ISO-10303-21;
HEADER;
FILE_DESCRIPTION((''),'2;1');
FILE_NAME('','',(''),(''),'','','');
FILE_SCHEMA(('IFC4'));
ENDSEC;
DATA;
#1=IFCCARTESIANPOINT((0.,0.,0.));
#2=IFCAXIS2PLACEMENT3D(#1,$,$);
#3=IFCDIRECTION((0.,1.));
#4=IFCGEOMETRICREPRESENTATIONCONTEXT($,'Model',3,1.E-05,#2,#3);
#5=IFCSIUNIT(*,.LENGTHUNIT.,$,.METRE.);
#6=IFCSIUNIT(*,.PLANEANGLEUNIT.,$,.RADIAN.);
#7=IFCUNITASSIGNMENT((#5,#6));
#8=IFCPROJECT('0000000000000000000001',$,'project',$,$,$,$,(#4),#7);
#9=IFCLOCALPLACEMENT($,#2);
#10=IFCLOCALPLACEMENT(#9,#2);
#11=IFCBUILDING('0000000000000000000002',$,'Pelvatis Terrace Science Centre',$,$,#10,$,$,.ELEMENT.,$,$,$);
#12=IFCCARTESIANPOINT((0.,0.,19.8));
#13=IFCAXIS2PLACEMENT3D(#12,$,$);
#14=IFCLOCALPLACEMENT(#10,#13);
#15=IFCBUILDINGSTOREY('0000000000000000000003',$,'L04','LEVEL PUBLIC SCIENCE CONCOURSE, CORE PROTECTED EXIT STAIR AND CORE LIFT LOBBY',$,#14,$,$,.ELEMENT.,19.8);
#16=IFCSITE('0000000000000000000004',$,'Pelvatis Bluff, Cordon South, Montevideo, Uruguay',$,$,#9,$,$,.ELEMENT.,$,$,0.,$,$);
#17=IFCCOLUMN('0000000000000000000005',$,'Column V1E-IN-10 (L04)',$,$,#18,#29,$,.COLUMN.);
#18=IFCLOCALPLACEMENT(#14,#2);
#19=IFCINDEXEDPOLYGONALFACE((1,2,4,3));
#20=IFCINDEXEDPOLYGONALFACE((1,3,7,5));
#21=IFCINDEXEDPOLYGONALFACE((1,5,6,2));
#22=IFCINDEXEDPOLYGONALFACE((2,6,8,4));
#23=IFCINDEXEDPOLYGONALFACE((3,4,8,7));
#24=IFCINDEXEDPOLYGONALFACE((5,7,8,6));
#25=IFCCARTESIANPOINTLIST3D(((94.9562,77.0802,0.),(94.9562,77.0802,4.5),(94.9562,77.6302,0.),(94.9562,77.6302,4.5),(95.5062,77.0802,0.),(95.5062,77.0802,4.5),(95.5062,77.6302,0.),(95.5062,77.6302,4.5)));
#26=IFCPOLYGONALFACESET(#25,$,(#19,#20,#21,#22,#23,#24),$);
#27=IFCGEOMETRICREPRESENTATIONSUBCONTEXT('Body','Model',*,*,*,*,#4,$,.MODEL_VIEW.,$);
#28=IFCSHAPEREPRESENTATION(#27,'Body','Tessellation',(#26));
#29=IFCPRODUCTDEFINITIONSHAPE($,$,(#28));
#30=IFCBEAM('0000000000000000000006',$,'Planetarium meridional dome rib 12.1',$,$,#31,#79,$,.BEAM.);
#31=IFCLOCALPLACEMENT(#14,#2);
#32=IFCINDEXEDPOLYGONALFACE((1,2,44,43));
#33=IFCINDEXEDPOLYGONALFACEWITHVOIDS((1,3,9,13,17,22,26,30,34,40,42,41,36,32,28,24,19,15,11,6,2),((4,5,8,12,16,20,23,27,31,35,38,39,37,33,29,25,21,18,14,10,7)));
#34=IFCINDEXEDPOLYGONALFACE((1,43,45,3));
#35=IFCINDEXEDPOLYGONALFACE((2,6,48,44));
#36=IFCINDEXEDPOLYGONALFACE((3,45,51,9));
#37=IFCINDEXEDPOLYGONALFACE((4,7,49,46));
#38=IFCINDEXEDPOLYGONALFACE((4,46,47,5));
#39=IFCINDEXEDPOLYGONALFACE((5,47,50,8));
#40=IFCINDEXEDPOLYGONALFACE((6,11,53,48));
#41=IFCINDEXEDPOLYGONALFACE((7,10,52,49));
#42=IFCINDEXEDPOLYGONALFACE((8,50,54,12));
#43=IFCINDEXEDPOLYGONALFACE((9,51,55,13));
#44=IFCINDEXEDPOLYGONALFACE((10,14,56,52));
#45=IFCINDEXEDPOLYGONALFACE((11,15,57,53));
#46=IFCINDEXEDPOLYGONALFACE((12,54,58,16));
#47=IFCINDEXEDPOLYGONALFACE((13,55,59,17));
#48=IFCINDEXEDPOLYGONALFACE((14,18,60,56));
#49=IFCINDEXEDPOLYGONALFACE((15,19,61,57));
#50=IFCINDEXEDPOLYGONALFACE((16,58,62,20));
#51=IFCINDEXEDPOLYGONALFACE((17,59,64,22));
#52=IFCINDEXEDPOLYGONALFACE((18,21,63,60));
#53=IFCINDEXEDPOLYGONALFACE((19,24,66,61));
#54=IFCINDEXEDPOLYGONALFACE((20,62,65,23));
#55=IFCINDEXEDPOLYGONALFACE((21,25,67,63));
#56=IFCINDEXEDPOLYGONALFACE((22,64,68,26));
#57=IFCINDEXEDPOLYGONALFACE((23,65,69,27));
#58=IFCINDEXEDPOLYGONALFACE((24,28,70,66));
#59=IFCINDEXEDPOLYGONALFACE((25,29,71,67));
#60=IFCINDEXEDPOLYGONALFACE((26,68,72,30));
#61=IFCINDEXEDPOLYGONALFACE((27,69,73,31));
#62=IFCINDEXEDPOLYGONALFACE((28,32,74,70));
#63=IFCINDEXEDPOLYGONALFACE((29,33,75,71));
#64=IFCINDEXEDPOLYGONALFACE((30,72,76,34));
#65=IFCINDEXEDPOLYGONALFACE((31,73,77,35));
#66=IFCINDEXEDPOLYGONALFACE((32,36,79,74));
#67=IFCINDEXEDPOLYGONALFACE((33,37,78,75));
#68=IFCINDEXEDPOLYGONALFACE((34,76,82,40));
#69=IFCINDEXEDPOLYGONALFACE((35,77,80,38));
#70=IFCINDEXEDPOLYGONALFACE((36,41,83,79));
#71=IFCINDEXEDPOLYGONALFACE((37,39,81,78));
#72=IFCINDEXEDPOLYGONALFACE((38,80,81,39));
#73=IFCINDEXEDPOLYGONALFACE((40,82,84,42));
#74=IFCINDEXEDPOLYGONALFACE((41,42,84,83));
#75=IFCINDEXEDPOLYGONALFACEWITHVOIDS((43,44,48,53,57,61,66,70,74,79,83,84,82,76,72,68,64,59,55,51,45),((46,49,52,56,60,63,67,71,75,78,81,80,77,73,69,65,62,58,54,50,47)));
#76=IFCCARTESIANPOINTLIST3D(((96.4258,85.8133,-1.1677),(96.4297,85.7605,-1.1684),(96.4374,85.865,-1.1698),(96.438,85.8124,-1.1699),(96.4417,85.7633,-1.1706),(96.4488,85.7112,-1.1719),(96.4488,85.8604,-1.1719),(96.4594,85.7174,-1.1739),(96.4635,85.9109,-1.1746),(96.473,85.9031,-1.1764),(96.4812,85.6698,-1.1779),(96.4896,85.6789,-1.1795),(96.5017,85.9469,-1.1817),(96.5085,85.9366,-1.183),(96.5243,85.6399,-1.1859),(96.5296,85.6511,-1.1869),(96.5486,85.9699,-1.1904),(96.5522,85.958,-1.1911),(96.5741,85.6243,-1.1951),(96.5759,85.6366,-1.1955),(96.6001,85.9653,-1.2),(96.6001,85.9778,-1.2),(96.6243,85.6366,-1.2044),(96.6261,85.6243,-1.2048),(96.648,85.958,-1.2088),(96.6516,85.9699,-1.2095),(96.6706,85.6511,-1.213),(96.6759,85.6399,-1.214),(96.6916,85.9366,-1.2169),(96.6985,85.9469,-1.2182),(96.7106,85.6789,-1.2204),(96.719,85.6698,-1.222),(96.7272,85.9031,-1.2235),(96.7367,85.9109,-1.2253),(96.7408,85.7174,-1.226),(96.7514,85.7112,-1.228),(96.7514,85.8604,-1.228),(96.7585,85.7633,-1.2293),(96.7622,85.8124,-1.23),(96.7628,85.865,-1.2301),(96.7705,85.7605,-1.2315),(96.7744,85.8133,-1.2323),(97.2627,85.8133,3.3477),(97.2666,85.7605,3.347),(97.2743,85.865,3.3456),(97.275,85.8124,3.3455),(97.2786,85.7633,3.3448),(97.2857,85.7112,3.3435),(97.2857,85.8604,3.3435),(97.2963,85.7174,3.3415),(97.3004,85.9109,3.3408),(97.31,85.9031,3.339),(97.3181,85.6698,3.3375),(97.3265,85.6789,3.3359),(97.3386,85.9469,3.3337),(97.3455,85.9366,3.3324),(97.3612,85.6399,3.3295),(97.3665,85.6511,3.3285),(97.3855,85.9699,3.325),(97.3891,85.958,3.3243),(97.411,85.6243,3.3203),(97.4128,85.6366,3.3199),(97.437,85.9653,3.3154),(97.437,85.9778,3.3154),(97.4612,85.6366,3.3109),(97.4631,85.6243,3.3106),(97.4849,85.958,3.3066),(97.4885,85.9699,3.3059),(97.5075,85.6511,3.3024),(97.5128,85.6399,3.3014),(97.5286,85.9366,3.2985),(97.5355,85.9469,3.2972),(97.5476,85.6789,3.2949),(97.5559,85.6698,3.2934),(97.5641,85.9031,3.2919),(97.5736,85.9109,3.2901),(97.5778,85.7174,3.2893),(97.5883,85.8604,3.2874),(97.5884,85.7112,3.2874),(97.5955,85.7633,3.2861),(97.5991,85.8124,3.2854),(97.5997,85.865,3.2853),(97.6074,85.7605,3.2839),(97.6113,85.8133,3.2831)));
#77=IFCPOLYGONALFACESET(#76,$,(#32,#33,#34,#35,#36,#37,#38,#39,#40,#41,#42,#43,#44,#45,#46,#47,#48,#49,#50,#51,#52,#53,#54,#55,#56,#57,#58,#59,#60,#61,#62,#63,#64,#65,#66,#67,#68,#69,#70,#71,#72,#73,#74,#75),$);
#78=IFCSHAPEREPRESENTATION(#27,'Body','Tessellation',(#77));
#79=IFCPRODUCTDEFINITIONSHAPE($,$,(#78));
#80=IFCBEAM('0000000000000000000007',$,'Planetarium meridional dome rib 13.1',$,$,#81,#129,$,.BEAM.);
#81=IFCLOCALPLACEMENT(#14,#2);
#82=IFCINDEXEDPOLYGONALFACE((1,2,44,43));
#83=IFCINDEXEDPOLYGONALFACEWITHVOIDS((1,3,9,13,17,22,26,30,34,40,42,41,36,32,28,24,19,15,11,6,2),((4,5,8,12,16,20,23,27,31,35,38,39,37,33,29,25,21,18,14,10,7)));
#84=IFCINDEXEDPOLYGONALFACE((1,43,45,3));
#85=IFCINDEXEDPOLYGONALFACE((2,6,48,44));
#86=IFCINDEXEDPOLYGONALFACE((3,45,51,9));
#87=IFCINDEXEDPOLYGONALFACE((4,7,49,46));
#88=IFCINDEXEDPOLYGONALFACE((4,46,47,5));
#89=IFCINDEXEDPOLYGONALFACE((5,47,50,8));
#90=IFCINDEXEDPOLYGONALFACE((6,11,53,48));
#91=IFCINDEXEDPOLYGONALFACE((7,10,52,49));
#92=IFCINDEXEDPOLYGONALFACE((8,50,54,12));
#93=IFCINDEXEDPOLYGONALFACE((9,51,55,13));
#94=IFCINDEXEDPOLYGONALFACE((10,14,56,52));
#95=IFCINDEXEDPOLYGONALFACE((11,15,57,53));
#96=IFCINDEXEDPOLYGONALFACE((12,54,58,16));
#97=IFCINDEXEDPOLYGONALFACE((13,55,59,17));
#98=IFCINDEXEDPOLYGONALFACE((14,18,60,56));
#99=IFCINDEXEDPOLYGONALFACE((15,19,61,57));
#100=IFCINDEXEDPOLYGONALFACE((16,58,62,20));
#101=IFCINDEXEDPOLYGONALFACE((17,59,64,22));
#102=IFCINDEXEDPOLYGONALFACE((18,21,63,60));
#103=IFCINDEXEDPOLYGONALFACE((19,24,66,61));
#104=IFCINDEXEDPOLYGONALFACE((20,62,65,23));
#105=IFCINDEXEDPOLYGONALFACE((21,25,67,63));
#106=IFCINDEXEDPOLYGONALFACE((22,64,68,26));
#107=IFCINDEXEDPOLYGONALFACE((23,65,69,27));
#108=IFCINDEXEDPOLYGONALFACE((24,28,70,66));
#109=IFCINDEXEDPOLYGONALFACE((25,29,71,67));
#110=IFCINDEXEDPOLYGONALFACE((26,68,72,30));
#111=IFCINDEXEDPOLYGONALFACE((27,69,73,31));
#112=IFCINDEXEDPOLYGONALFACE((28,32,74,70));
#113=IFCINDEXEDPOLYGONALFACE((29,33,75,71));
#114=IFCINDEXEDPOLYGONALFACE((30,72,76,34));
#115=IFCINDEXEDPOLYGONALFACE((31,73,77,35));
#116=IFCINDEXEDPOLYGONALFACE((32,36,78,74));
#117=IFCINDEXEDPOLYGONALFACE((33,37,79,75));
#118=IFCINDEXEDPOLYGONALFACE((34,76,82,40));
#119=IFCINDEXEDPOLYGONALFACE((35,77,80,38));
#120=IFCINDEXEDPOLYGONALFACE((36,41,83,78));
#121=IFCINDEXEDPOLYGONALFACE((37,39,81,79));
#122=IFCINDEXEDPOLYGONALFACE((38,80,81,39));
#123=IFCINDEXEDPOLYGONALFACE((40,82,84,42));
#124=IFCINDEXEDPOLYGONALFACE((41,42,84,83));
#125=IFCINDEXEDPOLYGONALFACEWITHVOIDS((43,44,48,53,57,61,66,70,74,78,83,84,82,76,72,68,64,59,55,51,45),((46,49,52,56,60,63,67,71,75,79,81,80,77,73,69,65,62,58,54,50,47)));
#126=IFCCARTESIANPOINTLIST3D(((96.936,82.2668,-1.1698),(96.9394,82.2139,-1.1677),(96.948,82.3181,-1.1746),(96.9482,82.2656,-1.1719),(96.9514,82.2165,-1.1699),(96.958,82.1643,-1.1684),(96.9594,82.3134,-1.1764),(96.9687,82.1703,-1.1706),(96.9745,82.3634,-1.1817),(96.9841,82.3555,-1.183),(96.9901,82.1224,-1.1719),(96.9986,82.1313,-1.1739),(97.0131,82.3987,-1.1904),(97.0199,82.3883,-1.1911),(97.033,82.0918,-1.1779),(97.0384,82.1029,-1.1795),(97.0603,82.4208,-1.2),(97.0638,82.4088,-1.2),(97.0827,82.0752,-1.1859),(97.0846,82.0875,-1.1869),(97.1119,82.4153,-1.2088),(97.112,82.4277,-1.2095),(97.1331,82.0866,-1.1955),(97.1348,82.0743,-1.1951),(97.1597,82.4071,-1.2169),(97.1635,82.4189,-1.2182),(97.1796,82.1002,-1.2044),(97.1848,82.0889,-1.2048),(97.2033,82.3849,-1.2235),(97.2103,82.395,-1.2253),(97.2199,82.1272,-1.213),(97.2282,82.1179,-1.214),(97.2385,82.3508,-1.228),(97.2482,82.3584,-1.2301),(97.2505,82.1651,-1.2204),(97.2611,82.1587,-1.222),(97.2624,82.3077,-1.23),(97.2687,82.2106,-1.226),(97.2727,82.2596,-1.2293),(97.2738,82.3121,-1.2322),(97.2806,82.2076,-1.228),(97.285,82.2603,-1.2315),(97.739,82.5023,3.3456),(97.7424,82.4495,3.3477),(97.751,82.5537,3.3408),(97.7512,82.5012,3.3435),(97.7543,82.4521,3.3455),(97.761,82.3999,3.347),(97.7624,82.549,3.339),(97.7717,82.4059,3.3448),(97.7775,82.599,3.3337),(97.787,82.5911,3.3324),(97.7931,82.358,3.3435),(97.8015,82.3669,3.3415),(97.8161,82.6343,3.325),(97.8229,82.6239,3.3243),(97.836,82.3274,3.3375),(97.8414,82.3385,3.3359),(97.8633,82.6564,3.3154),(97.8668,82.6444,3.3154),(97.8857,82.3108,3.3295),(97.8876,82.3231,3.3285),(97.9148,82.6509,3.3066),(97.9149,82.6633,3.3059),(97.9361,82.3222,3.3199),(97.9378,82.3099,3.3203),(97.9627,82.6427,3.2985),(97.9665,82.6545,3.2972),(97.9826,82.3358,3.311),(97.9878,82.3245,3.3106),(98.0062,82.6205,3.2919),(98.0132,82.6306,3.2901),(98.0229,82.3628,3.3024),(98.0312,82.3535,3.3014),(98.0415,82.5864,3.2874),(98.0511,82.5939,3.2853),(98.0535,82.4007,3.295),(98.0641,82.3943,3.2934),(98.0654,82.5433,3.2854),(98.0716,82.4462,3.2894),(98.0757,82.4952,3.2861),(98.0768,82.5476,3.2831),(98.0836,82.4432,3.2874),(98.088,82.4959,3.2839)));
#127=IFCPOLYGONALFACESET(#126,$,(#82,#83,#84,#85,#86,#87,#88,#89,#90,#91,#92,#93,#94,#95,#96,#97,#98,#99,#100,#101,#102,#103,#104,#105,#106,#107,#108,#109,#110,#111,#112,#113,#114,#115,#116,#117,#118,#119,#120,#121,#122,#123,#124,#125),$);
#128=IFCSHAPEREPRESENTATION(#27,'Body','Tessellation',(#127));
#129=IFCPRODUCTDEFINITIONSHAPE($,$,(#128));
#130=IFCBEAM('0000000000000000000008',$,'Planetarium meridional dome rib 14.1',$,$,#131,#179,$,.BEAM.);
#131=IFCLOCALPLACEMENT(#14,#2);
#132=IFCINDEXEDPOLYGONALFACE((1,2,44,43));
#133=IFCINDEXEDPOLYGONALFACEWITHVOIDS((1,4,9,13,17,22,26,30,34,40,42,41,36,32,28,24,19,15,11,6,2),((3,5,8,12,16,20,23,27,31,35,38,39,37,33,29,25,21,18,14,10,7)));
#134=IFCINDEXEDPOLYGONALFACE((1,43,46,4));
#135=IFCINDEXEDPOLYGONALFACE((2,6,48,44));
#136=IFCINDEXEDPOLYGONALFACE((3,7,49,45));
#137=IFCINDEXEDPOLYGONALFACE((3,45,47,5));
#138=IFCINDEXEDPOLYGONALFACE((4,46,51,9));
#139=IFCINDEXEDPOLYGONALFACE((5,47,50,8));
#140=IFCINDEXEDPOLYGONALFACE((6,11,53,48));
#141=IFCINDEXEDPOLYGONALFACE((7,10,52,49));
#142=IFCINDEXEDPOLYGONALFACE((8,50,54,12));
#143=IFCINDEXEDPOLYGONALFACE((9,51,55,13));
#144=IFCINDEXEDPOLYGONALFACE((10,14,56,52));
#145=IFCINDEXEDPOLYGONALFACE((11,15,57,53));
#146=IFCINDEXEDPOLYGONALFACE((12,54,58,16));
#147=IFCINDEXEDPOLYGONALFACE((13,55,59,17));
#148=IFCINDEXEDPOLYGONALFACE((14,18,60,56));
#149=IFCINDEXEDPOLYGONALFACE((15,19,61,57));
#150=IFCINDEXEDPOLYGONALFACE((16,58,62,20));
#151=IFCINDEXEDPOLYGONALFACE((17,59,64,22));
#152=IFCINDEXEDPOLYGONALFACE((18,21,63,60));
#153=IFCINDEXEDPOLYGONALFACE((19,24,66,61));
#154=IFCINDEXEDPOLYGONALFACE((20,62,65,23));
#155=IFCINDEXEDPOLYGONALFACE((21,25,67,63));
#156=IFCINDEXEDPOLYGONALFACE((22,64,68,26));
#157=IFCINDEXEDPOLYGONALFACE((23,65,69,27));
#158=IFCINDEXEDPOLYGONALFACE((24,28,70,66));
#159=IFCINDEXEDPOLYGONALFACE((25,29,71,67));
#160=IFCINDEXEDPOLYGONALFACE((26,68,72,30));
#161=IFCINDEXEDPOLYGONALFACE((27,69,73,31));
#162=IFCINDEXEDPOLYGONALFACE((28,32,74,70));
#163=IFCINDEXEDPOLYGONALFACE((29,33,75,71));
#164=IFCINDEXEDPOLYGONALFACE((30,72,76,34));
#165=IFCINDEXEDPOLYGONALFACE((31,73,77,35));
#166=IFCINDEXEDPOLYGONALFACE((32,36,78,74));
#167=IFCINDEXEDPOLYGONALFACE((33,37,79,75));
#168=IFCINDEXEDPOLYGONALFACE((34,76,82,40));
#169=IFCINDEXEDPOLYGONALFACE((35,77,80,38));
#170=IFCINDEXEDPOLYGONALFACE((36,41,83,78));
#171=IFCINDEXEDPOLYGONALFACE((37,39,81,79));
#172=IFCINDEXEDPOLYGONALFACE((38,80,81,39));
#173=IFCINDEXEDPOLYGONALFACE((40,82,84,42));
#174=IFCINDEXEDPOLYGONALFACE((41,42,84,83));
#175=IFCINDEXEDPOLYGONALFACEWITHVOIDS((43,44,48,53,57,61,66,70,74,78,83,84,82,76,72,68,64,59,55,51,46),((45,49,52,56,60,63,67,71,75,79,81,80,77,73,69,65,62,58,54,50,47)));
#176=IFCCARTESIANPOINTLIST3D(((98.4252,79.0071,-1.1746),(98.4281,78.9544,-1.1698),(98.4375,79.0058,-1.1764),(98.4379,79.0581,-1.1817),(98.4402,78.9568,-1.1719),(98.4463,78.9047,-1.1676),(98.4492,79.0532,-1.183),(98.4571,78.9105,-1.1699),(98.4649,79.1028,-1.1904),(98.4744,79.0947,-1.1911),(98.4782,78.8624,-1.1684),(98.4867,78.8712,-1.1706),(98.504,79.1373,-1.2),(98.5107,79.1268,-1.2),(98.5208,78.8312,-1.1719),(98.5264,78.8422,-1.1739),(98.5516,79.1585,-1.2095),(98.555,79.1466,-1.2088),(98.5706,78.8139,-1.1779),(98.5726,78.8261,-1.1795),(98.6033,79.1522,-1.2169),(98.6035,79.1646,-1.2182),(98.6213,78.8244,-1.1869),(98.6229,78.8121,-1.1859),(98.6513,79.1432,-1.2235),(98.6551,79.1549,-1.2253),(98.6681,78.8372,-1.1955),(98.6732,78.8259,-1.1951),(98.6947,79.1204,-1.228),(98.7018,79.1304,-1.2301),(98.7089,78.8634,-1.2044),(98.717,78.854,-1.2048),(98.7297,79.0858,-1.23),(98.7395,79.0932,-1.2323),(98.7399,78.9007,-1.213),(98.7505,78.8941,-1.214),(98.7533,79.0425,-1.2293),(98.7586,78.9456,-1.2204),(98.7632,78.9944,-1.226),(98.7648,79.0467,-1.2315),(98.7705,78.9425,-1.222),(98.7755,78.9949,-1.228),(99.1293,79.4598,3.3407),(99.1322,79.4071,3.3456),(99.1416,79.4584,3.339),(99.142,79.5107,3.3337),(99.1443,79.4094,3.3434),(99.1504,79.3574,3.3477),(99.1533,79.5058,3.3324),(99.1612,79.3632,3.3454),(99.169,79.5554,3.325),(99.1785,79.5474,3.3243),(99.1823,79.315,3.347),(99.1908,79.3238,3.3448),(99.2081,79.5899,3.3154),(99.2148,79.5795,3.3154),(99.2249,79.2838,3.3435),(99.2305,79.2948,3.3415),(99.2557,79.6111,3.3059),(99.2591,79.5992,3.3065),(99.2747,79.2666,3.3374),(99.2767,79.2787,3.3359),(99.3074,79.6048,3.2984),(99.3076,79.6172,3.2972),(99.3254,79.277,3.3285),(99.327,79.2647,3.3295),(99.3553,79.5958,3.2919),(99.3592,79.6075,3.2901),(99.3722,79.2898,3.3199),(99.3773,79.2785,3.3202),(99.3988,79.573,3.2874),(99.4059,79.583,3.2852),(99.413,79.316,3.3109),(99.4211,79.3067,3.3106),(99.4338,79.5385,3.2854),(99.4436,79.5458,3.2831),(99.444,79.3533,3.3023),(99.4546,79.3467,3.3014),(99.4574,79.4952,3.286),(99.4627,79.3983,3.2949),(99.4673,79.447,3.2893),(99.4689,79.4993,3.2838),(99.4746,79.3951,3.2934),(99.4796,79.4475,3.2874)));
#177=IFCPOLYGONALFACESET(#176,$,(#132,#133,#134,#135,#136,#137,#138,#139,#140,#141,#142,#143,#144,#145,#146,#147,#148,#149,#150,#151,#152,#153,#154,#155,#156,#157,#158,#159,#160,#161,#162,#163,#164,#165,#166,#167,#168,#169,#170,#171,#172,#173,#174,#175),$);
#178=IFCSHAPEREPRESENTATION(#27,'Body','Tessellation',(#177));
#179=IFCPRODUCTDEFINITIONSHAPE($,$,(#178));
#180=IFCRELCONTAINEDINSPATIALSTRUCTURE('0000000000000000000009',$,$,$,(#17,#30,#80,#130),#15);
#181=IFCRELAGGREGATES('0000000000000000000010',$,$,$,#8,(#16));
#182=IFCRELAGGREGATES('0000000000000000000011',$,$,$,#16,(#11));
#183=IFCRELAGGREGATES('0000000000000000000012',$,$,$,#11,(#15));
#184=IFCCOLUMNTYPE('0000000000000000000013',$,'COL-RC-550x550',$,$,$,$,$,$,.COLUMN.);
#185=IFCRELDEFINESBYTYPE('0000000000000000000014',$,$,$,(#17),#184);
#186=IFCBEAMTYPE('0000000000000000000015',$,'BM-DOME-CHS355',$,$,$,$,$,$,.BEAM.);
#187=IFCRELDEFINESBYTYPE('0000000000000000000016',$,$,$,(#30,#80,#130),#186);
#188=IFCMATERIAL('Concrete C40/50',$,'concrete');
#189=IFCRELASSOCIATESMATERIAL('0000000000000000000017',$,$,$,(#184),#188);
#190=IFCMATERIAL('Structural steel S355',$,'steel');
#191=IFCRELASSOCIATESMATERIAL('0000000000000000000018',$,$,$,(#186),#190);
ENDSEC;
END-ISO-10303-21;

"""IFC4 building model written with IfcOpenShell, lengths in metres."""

from ifc_helpers import new_model, si_unit, direction, frame, origin, origin_2d, place, context, subcontext, project, spatial, rectangle, hollow_circle, extrude, material, material_profile, profile_set, type_object, element, save


model = new_model("IFC4")

# Units and contexts
model_context = context("Model", 3, precision=1e-05, world=origin(), true_north=direction((0.0, 1.0)))
body_context = subcontext(model_context, "Body", "Model", "MODEL_VIEW")
ifc_project = project(units=[si_unit("LENGTHUNIT", "METRE"), si_unit("PLANEANGLEUNIT", "RADIAN")], contexts=[model_context])

# Site, building, storey
site_placement = place(None, origin())
site = spatial("IfcSite", under=ifc_project, at=site_placement, Name="Pelvatis Bluff, Cordon South, Montevideo, Uruguay", CompositionType="ELEMENT", RefElevation=0.0)
building_placement = place(site_placement, origin())
building = spatial("IfcBuilding", under=site, at=building_placement, Name="Pelvatis Terrace Science Centre", CompositionType="ELEMENT")
storey_placement = place(building_placement, frame((0.0, 0.0, 19.8)))
storey = spatial("IfcBuildingStorey", under=building, at=storey_placement, Name="L04", Description="LEVEL PUBLIC SCIENCE CONCOURSE, CORE PROTECTED EXIT STAIR AND CORE LIFT LOBBY", CompositionType="ELEMENT", Elevation=19.8)

# Column
ifc_material_1 = material(Name="Concrete C40/50", Category="concrete")
ifc_material_profile_1 = material_profile(ifc_material_1, rectangle(XDim=0.55, YDim=0.55, at=origin_2d()), Name="RC-COL 550x550")
ifc_profile_set_1 = profile_set([ifc_material_profile_1], Name="Concrete C40/50")
column_type = type_object("IfcColumnType", Name="COL-RC-550x550", PredefinedType="COLUMN", material=ifc_profile_set_1)
column_placement = place(storey_placement, frame((95.2312, 77.3552, 0.0), z_axis=(0.0, 0.0, 1.0), x_axis=(1.0, 0.0, 0.0)))
element("IfcColumn", 1, at=column_placement, inside=storey, type_object=column_type, Name="Column V1E-IN-10 (L04)", PredefinedType="COLUMN", context=body_context, shape_type="SweptSolid", body=[
    extrude(rectangle(XDim=0.55, YDim=0.55, at=origin_2d()), origin(), (0.0, 0.0, 1.0), 4.5),
])

# Beams
ifc_material_2 = material(Name="Structural steel S355", Category="steel")
ifc_material_profile_2 = material_profile(ifc_material_2, hollow_circle(Radius=0.1777, WallThickness=0.0125, at=origin_2d()), Name="CHS 355.6x12.5")
ifc_profile_set_2 = profile_set([ifc_material_profile_2], Name="Structural steel S355")
beam_type_1 = type_object("IfcBeamType", Name="BM-DOME-CHS355", PredefinedType="BEAM", material=ifc_profile_set_2)
for number, where, z_axis, x_axis, name in (
    (2, (96.6001, 85.8, -1.2), (0.182243, 0.0, 0.983253), (0.0, 1.0, 0.0), "Planetarium meridional dome rib 12.1"),
    (3, (97.1104, 82.2502, -1.2), (0.174854, 0.051303, 0.983257), (-0.281534, 0.959551, 0.0), "Planetarium meridional dome rib 13.1"),
    (4, (98.6001, 78.9878, -1.2), (0.153322, 0.098564, 0.983248), (-0.540758, 0.841178, 0.0), "Planetarium meridional dome rib 14.1"),
):
    element("IfcBeam", number, at=place(storey_placement, frame(where, z_axis=z_axis, x_axis=x_axis)), inside=storey, type_object=beam_type_1, Name=name, PredefinedType="BEAM", context=body_context, shape_type="SweptSolid", body=[
        extrude(hollow_circle(Radius=0.1777, WallThickness=0.0125, at=origin_2d()), origin(), (0.0, 0.0, 1.0), 4.5923),
    ])

save(model, "model.ifc")
